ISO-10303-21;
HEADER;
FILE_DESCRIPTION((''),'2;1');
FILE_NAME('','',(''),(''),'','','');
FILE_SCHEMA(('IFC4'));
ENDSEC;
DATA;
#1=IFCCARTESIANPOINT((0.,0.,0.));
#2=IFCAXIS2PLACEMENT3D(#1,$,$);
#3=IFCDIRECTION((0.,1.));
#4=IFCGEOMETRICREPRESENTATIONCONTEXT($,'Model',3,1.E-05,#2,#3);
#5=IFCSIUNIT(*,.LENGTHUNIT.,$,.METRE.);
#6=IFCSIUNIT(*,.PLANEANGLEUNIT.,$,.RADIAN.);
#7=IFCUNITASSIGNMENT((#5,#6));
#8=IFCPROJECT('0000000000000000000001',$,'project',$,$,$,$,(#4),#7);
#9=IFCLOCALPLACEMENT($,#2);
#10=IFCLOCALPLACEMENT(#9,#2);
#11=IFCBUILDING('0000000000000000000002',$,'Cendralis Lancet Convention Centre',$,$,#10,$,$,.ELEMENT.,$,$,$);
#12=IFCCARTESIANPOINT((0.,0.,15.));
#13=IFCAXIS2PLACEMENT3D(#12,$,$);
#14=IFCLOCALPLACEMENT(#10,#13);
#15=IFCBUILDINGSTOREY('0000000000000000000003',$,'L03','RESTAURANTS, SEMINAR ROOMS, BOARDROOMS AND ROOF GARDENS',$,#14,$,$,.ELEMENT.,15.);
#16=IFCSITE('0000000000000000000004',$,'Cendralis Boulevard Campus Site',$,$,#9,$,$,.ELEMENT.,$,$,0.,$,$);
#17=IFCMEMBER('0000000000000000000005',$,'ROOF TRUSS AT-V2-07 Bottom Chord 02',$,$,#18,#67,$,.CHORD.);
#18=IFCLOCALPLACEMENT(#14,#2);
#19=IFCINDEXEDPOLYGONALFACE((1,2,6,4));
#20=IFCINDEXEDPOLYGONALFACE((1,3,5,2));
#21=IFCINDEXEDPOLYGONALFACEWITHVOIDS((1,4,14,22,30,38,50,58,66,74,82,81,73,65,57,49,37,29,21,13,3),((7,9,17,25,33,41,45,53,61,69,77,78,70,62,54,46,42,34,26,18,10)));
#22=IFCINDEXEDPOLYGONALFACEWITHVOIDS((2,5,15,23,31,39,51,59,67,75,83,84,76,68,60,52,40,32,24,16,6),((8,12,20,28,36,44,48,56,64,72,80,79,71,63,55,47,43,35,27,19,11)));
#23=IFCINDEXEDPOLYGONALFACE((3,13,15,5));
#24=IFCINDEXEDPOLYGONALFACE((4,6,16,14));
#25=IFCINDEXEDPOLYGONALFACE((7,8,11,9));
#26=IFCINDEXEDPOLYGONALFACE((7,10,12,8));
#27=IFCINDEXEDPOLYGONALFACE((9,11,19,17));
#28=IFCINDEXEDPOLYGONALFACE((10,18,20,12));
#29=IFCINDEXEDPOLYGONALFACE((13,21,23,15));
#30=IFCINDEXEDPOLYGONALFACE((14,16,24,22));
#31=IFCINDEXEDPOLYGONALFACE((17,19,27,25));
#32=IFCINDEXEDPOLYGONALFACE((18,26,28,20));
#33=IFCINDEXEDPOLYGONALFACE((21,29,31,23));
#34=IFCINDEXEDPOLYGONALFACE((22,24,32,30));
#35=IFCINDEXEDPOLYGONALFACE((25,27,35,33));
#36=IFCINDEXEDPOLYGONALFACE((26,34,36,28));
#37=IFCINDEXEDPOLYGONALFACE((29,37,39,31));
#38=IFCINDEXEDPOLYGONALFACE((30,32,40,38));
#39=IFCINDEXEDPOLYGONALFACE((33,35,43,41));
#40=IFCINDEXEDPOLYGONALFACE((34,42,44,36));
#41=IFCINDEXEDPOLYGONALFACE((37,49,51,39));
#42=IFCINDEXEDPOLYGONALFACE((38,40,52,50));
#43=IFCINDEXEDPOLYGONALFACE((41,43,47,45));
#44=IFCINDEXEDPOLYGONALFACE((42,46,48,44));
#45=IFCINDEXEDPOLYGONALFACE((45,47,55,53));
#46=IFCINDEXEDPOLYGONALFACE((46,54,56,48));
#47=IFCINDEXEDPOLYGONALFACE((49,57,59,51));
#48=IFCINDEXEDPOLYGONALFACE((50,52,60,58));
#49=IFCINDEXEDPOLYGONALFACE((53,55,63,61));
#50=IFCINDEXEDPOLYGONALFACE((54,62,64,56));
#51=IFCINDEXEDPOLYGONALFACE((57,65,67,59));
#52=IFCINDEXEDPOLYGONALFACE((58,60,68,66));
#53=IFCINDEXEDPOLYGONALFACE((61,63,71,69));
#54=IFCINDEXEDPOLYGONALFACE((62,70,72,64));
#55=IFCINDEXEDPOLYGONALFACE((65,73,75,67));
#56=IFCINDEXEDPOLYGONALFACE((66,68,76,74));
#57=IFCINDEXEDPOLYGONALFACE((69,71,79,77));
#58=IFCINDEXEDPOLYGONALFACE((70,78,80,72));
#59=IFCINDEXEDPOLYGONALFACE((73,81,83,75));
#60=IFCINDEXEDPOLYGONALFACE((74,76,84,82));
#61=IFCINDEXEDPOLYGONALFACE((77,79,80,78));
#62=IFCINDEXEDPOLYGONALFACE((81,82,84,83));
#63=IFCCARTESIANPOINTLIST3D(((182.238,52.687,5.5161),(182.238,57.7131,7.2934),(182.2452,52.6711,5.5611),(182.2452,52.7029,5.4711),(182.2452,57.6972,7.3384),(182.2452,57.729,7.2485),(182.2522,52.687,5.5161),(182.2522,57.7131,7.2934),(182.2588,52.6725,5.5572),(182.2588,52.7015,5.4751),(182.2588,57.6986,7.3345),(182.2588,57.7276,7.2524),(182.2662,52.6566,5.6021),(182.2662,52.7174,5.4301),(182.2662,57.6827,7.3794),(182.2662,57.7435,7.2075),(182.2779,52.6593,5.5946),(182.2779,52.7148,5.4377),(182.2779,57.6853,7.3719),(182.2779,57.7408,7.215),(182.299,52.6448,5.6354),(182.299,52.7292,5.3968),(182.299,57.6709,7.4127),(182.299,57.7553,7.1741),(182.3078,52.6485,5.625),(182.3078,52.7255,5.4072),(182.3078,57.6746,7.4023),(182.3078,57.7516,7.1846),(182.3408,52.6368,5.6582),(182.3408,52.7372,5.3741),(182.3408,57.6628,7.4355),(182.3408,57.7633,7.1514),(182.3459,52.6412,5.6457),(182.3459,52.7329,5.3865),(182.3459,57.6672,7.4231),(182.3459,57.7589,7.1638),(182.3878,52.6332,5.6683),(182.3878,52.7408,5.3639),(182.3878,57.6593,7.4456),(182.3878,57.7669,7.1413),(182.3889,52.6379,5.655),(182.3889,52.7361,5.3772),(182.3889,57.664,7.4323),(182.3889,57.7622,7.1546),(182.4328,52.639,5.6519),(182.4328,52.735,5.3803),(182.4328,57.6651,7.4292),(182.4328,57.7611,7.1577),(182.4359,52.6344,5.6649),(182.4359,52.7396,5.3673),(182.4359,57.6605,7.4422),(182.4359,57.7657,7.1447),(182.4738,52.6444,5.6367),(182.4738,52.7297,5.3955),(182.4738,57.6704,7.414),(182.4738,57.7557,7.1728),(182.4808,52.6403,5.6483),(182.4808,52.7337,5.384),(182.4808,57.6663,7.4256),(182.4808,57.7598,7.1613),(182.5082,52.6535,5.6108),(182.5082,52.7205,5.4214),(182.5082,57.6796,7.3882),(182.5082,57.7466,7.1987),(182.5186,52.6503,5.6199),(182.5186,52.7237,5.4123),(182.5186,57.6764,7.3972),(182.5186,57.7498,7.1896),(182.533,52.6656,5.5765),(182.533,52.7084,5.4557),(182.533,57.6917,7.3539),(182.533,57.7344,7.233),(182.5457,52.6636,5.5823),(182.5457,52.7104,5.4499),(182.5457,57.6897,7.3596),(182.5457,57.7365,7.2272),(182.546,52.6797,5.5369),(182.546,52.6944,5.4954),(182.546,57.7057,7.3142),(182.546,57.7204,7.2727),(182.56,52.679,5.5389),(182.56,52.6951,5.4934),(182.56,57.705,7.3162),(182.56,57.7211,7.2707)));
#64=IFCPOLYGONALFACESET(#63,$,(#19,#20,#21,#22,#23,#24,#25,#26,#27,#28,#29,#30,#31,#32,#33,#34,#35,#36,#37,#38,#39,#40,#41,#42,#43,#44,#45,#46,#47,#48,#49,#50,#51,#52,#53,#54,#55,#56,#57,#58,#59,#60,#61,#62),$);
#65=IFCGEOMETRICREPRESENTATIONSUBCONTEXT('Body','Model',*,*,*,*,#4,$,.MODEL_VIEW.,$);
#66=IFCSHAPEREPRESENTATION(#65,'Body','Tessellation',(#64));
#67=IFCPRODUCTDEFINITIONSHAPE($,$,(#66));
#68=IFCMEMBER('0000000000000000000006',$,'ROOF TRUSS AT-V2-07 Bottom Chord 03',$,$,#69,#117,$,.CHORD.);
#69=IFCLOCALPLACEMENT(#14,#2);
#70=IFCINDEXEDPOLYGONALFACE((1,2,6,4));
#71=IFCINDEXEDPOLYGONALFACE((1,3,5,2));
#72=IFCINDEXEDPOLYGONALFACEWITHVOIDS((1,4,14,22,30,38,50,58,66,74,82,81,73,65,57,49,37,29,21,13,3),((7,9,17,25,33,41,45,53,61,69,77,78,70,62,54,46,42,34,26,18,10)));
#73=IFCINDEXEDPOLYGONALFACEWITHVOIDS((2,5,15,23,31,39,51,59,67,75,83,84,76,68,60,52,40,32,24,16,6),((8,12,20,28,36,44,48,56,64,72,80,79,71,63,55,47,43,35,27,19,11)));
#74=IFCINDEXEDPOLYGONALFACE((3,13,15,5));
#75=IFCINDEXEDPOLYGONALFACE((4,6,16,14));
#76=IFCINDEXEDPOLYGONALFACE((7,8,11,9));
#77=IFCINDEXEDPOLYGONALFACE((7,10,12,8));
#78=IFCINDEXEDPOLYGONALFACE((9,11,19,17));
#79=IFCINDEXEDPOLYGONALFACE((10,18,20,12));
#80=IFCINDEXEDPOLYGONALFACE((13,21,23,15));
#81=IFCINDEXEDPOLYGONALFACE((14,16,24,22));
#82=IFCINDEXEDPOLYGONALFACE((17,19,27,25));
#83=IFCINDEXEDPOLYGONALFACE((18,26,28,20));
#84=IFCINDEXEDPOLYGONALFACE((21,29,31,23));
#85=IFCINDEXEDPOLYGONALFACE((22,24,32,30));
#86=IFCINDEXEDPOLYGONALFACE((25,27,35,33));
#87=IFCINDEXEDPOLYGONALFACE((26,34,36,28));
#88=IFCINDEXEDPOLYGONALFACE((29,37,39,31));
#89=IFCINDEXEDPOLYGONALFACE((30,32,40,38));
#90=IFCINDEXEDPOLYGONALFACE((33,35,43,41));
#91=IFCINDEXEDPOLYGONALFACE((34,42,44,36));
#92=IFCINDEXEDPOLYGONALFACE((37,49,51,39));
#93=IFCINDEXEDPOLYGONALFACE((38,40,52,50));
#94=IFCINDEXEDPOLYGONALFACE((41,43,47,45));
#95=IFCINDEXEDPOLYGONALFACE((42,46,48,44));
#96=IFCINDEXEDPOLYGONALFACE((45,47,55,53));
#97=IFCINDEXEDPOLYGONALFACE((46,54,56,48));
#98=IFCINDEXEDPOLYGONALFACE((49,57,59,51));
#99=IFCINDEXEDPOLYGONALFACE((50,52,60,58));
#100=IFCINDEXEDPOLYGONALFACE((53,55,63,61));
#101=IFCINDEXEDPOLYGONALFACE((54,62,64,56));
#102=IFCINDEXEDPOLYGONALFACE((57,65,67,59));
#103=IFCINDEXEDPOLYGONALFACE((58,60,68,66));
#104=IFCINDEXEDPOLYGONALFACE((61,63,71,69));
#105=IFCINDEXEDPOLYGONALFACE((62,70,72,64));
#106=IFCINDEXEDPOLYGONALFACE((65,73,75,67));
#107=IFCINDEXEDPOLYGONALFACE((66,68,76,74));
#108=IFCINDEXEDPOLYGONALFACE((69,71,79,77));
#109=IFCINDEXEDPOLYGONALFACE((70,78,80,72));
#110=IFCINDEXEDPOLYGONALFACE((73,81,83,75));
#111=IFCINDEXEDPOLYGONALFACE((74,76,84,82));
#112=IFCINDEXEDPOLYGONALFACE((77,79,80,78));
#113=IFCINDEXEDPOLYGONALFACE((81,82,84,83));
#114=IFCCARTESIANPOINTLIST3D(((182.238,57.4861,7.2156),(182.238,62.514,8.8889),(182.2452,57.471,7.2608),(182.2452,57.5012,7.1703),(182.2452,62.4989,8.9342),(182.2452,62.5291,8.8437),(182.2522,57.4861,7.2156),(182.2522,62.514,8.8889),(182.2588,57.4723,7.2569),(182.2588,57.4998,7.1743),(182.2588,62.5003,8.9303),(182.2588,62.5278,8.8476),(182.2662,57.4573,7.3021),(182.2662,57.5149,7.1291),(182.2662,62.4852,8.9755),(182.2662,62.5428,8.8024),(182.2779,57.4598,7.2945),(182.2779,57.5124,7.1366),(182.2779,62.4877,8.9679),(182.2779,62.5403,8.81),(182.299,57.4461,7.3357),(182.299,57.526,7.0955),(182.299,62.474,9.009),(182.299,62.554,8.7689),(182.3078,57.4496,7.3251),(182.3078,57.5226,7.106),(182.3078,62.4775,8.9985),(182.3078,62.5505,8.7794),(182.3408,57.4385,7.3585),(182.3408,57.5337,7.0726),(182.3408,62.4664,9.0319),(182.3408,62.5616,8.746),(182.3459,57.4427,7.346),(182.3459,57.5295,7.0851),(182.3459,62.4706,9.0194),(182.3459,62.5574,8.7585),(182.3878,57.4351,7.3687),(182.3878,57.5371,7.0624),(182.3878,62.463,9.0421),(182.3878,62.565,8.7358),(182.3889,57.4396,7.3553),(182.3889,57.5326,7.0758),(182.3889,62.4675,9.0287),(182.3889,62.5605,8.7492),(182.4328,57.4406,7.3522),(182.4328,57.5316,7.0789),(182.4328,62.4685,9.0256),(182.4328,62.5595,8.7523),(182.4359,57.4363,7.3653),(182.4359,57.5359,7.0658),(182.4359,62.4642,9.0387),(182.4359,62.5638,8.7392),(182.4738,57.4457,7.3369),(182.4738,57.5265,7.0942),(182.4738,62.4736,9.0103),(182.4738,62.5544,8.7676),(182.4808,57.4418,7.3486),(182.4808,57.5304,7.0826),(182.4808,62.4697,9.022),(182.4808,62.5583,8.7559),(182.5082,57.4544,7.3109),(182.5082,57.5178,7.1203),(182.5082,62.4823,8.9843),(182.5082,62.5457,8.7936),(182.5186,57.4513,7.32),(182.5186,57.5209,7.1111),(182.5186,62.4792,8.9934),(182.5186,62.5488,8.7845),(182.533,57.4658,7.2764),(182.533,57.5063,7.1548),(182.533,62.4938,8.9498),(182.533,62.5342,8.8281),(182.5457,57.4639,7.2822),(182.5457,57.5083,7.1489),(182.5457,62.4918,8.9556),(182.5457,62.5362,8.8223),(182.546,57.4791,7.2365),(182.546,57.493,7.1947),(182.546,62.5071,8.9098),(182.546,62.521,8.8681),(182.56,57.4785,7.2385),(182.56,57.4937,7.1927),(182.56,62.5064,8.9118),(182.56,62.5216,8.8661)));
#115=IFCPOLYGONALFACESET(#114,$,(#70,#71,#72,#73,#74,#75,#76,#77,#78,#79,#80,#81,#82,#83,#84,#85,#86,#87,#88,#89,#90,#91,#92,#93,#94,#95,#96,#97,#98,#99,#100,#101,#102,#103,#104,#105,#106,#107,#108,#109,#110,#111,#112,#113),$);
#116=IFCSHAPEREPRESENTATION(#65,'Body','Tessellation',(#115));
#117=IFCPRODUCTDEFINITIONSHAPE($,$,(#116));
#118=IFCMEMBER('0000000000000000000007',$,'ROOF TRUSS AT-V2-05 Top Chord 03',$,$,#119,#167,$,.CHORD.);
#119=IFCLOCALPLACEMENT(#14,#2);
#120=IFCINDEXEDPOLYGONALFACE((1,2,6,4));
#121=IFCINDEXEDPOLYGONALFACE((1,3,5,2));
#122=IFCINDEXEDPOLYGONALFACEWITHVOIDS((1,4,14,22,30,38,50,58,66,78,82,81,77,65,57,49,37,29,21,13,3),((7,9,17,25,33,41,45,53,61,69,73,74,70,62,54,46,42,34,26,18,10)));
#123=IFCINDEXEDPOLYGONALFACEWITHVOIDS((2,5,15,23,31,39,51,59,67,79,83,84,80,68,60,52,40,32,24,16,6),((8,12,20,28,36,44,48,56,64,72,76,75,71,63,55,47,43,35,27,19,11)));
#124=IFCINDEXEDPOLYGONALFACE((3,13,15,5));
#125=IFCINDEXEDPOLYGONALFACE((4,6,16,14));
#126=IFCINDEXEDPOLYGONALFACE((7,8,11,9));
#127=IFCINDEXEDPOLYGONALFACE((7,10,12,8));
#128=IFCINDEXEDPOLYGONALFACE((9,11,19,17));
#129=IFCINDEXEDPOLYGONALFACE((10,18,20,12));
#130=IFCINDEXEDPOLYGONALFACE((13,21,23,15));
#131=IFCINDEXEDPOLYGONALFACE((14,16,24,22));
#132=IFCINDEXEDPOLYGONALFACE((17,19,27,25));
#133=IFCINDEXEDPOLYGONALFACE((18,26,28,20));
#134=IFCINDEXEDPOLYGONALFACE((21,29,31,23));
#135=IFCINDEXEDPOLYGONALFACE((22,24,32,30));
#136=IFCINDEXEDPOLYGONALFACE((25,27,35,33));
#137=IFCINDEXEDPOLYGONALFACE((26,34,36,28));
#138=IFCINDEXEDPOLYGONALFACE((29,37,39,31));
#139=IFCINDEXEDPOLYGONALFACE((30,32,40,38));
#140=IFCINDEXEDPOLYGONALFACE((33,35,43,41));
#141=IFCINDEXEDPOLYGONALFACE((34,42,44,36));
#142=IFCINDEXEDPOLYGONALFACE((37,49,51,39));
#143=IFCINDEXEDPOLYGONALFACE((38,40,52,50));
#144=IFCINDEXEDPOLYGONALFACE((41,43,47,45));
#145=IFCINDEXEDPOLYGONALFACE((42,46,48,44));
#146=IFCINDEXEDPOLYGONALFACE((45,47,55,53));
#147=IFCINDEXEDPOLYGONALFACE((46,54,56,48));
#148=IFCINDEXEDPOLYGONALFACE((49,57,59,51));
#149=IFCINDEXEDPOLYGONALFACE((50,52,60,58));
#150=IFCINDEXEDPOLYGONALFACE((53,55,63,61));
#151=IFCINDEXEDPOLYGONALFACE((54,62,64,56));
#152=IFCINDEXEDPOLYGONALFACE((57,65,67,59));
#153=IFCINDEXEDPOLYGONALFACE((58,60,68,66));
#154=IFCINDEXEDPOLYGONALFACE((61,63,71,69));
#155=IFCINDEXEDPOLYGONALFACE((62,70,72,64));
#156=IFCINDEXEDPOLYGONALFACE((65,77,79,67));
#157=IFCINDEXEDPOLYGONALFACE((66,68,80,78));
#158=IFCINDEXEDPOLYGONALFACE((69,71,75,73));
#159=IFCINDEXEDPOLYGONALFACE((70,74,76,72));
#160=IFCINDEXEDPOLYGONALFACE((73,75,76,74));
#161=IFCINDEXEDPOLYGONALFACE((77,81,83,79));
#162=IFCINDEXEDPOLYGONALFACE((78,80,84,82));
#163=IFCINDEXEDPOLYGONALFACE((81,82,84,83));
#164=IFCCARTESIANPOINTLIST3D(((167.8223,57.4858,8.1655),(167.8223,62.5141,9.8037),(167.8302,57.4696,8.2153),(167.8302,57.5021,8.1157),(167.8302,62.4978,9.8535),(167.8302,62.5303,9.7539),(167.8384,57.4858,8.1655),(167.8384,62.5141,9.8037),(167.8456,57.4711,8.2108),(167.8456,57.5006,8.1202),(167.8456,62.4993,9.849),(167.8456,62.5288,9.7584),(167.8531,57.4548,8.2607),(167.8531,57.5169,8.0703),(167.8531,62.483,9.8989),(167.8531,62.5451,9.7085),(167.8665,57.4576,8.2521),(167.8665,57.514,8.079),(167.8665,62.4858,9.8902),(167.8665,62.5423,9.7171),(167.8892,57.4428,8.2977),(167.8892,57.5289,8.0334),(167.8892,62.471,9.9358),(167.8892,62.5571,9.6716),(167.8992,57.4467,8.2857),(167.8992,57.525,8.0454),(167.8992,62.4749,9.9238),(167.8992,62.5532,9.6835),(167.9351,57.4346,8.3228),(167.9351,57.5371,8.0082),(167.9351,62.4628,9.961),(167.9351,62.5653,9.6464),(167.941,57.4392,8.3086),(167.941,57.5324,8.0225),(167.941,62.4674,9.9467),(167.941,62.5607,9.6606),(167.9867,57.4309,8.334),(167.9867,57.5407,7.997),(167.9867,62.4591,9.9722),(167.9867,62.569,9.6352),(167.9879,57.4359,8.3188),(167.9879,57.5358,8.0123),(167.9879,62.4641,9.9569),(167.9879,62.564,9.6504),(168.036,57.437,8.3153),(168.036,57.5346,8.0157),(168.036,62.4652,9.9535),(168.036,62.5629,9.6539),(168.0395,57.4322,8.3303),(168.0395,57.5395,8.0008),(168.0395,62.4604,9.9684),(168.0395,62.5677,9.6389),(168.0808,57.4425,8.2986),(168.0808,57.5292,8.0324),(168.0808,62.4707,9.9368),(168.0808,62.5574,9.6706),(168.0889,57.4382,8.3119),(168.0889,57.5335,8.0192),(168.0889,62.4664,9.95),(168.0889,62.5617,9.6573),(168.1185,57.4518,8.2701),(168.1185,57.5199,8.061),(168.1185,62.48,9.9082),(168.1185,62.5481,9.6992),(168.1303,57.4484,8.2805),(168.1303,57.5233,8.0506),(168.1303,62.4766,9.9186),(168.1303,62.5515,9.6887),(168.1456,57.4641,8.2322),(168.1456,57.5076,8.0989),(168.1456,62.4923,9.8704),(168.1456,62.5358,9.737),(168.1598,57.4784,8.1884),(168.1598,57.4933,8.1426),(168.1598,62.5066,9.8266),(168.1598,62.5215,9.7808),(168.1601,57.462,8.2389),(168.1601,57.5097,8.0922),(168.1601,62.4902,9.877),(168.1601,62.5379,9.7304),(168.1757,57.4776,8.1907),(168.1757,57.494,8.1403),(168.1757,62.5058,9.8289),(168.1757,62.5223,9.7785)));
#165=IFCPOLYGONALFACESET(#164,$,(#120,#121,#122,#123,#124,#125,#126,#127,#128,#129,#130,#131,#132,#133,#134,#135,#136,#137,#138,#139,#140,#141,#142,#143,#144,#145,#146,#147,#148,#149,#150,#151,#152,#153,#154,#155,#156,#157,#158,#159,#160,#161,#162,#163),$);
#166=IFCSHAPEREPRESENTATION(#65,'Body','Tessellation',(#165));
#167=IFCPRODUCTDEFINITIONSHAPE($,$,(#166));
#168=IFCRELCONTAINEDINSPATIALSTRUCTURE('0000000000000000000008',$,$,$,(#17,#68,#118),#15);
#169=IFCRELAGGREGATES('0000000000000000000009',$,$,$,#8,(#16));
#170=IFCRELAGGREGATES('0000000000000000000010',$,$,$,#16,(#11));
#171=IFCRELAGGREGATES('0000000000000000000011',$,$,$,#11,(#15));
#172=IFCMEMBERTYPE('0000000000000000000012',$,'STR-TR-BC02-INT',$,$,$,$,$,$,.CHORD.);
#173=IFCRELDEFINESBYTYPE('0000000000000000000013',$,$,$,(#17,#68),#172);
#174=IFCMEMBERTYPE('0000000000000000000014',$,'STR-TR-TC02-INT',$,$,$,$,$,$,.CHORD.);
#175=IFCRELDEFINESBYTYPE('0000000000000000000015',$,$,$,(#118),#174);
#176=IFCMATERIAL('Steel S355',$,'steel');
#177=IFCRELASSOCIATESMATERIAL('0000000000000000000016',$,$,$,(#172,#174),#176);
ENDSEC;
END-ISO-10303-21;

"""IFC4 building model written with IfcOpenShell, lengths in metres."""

from ifc_helpers import new_model, si_unit, direction, frame, origin, origin_2d, place, context, subcontext, project, spatial, hollow_circle, extrude, material, material_profile, profile_set, type_object, element, save


model = new_model("IFC4")

# Units and contexts
model_context = context("Model", 3, precision=1e-05, world=origin(), true_north=direction((0.0, 1.0)))
body_context = subcontext(model_context, "Body", "Model", "MODEL_VIEW")
ifc_project = project(units=[si_unit("LENGTHUNIT", "METRE"), si_unit("PLANEANGLEUNIT", "RADIAN")], contexts=[model_context])

# Site, building, storey
site_placement = place(None, origin())
site = spatial("IfcSite", under=ifc_project, at=site_placement, Name="Cendralis Boulevard Campus Site", CompositionType="ELEMENT", RefElevation=0.0)
building_placement = place(site_placement, origin())
building = spatial("IfcBuilding", under=site, at=building_placement, Name="Cendralis Lancet Convention Centre", CompositionType="ELEMENT")
storey_placement = place(building_placement, frame((0.0, 0.0, 15.0)))
storey = spatial("IfcBuildingStorey", under=building, at=storey_placement, Name="L03", Description="RESTAURANTS, SEMINAR ROOMS, BOARDROOMS AND ROOF GARDENS", CompositionType="ELEMENT", Elevation=15.0)

# Members
ifc_material = material(Name="Steel S355", Category="steel")
ifc_material_profile_1 = material_profile(ifc_material, hollow_circle(Radius=0.1619, WallThickness=0.0142, at=origin_2d()), Name="CHS 323.9x14.2")
ifc_profile_set_1 = profile_set([ifc_material_profile_1], Name="Steel S355")
member_type_1 = type_object("IfcMemberType", Name="STR-TR-BC02-INT", PredefinedType="CHORD", material=ifc_profile_set_1)
member_1_placement = place(storey_placement, frame((182.3999, 52.687, 5.5161), z_axis=(0.0, 0.942789, 0.33339), x_axis=(-1.0, 0.0, 0.0)))
element("IfcMember", 1, at=member_1_placement, inside=storey, type_object=member_type_1, Name="ROOF TRUSS AT-V2-07 Bottom Chord 02", PredefinedType="CHORD", context=body_context, shape_type="SweptSolid", body=[
    extrude(hollow_circle(Radius=0.1619, WallThickness=0.0142, at=origin_2d()), origin(), (0.0, 0.0, 1.0), 5.3311),
])
member_2_placement = place(storey_placement, frame((182.3999, 57.4861, 7.2156), z_axis=(0.0, 0.948831, 0.315785), x_axis=(-1.0, 0.0, 0.0)))
element("IfcMember", 2, at=member_2_placement, inside=storey, type_object=member_type_1, Name="ROOF TRUSS AT-V2-07 Bottom Chord 03", PredefinedType="CHORD", context=body_context, shape_type="SweptSolid", body=[
    extrude(hollow_circle(Radius=0.1619, WallThickness=0.0142, at=origin_2d()), origin(), (0.0, 0.0, 1.0), 5.2991),
])
ifc_material_profile_2 = material_profile(ifc_material, hollow_circle(Radius=0.1777, WallThickness=0.0161, at=origin_2d()), Name="CHS 355.6x16.0")
ifc_profile_set_2 = profile_set([ifc_material_profile_2], Name="Steel S355")
member_type_2 = type_object("IfcMemberType", Name="STR-TR-TC02-INT", PredefinedType="CHORD", material=ifc_profile_set_2)
member_3_placement = place(storey_placement, frame((168.0, 57.4858, 8.1655), z_axis=(0.0, 0.950813, 0.309767), x_axis=(-1.0, 0.0, 0.0)))
element("IfcMember", 3, at=member_3_placement, inside=storey, type_object=member_type_2, Name="ROOF TRUSS AT-V2-05 Top Chord 03", PredefinedType="CHORD", context=body_context, shape_type="SweptSolid", body=[
    extrude(hollow_circle(Radius=0.1777, WallThickness=0.0161, at=origin_2d()), origin(), (0.0, 0.0, 1.0), 5.2883),
])

save(model, "model.ifc")
